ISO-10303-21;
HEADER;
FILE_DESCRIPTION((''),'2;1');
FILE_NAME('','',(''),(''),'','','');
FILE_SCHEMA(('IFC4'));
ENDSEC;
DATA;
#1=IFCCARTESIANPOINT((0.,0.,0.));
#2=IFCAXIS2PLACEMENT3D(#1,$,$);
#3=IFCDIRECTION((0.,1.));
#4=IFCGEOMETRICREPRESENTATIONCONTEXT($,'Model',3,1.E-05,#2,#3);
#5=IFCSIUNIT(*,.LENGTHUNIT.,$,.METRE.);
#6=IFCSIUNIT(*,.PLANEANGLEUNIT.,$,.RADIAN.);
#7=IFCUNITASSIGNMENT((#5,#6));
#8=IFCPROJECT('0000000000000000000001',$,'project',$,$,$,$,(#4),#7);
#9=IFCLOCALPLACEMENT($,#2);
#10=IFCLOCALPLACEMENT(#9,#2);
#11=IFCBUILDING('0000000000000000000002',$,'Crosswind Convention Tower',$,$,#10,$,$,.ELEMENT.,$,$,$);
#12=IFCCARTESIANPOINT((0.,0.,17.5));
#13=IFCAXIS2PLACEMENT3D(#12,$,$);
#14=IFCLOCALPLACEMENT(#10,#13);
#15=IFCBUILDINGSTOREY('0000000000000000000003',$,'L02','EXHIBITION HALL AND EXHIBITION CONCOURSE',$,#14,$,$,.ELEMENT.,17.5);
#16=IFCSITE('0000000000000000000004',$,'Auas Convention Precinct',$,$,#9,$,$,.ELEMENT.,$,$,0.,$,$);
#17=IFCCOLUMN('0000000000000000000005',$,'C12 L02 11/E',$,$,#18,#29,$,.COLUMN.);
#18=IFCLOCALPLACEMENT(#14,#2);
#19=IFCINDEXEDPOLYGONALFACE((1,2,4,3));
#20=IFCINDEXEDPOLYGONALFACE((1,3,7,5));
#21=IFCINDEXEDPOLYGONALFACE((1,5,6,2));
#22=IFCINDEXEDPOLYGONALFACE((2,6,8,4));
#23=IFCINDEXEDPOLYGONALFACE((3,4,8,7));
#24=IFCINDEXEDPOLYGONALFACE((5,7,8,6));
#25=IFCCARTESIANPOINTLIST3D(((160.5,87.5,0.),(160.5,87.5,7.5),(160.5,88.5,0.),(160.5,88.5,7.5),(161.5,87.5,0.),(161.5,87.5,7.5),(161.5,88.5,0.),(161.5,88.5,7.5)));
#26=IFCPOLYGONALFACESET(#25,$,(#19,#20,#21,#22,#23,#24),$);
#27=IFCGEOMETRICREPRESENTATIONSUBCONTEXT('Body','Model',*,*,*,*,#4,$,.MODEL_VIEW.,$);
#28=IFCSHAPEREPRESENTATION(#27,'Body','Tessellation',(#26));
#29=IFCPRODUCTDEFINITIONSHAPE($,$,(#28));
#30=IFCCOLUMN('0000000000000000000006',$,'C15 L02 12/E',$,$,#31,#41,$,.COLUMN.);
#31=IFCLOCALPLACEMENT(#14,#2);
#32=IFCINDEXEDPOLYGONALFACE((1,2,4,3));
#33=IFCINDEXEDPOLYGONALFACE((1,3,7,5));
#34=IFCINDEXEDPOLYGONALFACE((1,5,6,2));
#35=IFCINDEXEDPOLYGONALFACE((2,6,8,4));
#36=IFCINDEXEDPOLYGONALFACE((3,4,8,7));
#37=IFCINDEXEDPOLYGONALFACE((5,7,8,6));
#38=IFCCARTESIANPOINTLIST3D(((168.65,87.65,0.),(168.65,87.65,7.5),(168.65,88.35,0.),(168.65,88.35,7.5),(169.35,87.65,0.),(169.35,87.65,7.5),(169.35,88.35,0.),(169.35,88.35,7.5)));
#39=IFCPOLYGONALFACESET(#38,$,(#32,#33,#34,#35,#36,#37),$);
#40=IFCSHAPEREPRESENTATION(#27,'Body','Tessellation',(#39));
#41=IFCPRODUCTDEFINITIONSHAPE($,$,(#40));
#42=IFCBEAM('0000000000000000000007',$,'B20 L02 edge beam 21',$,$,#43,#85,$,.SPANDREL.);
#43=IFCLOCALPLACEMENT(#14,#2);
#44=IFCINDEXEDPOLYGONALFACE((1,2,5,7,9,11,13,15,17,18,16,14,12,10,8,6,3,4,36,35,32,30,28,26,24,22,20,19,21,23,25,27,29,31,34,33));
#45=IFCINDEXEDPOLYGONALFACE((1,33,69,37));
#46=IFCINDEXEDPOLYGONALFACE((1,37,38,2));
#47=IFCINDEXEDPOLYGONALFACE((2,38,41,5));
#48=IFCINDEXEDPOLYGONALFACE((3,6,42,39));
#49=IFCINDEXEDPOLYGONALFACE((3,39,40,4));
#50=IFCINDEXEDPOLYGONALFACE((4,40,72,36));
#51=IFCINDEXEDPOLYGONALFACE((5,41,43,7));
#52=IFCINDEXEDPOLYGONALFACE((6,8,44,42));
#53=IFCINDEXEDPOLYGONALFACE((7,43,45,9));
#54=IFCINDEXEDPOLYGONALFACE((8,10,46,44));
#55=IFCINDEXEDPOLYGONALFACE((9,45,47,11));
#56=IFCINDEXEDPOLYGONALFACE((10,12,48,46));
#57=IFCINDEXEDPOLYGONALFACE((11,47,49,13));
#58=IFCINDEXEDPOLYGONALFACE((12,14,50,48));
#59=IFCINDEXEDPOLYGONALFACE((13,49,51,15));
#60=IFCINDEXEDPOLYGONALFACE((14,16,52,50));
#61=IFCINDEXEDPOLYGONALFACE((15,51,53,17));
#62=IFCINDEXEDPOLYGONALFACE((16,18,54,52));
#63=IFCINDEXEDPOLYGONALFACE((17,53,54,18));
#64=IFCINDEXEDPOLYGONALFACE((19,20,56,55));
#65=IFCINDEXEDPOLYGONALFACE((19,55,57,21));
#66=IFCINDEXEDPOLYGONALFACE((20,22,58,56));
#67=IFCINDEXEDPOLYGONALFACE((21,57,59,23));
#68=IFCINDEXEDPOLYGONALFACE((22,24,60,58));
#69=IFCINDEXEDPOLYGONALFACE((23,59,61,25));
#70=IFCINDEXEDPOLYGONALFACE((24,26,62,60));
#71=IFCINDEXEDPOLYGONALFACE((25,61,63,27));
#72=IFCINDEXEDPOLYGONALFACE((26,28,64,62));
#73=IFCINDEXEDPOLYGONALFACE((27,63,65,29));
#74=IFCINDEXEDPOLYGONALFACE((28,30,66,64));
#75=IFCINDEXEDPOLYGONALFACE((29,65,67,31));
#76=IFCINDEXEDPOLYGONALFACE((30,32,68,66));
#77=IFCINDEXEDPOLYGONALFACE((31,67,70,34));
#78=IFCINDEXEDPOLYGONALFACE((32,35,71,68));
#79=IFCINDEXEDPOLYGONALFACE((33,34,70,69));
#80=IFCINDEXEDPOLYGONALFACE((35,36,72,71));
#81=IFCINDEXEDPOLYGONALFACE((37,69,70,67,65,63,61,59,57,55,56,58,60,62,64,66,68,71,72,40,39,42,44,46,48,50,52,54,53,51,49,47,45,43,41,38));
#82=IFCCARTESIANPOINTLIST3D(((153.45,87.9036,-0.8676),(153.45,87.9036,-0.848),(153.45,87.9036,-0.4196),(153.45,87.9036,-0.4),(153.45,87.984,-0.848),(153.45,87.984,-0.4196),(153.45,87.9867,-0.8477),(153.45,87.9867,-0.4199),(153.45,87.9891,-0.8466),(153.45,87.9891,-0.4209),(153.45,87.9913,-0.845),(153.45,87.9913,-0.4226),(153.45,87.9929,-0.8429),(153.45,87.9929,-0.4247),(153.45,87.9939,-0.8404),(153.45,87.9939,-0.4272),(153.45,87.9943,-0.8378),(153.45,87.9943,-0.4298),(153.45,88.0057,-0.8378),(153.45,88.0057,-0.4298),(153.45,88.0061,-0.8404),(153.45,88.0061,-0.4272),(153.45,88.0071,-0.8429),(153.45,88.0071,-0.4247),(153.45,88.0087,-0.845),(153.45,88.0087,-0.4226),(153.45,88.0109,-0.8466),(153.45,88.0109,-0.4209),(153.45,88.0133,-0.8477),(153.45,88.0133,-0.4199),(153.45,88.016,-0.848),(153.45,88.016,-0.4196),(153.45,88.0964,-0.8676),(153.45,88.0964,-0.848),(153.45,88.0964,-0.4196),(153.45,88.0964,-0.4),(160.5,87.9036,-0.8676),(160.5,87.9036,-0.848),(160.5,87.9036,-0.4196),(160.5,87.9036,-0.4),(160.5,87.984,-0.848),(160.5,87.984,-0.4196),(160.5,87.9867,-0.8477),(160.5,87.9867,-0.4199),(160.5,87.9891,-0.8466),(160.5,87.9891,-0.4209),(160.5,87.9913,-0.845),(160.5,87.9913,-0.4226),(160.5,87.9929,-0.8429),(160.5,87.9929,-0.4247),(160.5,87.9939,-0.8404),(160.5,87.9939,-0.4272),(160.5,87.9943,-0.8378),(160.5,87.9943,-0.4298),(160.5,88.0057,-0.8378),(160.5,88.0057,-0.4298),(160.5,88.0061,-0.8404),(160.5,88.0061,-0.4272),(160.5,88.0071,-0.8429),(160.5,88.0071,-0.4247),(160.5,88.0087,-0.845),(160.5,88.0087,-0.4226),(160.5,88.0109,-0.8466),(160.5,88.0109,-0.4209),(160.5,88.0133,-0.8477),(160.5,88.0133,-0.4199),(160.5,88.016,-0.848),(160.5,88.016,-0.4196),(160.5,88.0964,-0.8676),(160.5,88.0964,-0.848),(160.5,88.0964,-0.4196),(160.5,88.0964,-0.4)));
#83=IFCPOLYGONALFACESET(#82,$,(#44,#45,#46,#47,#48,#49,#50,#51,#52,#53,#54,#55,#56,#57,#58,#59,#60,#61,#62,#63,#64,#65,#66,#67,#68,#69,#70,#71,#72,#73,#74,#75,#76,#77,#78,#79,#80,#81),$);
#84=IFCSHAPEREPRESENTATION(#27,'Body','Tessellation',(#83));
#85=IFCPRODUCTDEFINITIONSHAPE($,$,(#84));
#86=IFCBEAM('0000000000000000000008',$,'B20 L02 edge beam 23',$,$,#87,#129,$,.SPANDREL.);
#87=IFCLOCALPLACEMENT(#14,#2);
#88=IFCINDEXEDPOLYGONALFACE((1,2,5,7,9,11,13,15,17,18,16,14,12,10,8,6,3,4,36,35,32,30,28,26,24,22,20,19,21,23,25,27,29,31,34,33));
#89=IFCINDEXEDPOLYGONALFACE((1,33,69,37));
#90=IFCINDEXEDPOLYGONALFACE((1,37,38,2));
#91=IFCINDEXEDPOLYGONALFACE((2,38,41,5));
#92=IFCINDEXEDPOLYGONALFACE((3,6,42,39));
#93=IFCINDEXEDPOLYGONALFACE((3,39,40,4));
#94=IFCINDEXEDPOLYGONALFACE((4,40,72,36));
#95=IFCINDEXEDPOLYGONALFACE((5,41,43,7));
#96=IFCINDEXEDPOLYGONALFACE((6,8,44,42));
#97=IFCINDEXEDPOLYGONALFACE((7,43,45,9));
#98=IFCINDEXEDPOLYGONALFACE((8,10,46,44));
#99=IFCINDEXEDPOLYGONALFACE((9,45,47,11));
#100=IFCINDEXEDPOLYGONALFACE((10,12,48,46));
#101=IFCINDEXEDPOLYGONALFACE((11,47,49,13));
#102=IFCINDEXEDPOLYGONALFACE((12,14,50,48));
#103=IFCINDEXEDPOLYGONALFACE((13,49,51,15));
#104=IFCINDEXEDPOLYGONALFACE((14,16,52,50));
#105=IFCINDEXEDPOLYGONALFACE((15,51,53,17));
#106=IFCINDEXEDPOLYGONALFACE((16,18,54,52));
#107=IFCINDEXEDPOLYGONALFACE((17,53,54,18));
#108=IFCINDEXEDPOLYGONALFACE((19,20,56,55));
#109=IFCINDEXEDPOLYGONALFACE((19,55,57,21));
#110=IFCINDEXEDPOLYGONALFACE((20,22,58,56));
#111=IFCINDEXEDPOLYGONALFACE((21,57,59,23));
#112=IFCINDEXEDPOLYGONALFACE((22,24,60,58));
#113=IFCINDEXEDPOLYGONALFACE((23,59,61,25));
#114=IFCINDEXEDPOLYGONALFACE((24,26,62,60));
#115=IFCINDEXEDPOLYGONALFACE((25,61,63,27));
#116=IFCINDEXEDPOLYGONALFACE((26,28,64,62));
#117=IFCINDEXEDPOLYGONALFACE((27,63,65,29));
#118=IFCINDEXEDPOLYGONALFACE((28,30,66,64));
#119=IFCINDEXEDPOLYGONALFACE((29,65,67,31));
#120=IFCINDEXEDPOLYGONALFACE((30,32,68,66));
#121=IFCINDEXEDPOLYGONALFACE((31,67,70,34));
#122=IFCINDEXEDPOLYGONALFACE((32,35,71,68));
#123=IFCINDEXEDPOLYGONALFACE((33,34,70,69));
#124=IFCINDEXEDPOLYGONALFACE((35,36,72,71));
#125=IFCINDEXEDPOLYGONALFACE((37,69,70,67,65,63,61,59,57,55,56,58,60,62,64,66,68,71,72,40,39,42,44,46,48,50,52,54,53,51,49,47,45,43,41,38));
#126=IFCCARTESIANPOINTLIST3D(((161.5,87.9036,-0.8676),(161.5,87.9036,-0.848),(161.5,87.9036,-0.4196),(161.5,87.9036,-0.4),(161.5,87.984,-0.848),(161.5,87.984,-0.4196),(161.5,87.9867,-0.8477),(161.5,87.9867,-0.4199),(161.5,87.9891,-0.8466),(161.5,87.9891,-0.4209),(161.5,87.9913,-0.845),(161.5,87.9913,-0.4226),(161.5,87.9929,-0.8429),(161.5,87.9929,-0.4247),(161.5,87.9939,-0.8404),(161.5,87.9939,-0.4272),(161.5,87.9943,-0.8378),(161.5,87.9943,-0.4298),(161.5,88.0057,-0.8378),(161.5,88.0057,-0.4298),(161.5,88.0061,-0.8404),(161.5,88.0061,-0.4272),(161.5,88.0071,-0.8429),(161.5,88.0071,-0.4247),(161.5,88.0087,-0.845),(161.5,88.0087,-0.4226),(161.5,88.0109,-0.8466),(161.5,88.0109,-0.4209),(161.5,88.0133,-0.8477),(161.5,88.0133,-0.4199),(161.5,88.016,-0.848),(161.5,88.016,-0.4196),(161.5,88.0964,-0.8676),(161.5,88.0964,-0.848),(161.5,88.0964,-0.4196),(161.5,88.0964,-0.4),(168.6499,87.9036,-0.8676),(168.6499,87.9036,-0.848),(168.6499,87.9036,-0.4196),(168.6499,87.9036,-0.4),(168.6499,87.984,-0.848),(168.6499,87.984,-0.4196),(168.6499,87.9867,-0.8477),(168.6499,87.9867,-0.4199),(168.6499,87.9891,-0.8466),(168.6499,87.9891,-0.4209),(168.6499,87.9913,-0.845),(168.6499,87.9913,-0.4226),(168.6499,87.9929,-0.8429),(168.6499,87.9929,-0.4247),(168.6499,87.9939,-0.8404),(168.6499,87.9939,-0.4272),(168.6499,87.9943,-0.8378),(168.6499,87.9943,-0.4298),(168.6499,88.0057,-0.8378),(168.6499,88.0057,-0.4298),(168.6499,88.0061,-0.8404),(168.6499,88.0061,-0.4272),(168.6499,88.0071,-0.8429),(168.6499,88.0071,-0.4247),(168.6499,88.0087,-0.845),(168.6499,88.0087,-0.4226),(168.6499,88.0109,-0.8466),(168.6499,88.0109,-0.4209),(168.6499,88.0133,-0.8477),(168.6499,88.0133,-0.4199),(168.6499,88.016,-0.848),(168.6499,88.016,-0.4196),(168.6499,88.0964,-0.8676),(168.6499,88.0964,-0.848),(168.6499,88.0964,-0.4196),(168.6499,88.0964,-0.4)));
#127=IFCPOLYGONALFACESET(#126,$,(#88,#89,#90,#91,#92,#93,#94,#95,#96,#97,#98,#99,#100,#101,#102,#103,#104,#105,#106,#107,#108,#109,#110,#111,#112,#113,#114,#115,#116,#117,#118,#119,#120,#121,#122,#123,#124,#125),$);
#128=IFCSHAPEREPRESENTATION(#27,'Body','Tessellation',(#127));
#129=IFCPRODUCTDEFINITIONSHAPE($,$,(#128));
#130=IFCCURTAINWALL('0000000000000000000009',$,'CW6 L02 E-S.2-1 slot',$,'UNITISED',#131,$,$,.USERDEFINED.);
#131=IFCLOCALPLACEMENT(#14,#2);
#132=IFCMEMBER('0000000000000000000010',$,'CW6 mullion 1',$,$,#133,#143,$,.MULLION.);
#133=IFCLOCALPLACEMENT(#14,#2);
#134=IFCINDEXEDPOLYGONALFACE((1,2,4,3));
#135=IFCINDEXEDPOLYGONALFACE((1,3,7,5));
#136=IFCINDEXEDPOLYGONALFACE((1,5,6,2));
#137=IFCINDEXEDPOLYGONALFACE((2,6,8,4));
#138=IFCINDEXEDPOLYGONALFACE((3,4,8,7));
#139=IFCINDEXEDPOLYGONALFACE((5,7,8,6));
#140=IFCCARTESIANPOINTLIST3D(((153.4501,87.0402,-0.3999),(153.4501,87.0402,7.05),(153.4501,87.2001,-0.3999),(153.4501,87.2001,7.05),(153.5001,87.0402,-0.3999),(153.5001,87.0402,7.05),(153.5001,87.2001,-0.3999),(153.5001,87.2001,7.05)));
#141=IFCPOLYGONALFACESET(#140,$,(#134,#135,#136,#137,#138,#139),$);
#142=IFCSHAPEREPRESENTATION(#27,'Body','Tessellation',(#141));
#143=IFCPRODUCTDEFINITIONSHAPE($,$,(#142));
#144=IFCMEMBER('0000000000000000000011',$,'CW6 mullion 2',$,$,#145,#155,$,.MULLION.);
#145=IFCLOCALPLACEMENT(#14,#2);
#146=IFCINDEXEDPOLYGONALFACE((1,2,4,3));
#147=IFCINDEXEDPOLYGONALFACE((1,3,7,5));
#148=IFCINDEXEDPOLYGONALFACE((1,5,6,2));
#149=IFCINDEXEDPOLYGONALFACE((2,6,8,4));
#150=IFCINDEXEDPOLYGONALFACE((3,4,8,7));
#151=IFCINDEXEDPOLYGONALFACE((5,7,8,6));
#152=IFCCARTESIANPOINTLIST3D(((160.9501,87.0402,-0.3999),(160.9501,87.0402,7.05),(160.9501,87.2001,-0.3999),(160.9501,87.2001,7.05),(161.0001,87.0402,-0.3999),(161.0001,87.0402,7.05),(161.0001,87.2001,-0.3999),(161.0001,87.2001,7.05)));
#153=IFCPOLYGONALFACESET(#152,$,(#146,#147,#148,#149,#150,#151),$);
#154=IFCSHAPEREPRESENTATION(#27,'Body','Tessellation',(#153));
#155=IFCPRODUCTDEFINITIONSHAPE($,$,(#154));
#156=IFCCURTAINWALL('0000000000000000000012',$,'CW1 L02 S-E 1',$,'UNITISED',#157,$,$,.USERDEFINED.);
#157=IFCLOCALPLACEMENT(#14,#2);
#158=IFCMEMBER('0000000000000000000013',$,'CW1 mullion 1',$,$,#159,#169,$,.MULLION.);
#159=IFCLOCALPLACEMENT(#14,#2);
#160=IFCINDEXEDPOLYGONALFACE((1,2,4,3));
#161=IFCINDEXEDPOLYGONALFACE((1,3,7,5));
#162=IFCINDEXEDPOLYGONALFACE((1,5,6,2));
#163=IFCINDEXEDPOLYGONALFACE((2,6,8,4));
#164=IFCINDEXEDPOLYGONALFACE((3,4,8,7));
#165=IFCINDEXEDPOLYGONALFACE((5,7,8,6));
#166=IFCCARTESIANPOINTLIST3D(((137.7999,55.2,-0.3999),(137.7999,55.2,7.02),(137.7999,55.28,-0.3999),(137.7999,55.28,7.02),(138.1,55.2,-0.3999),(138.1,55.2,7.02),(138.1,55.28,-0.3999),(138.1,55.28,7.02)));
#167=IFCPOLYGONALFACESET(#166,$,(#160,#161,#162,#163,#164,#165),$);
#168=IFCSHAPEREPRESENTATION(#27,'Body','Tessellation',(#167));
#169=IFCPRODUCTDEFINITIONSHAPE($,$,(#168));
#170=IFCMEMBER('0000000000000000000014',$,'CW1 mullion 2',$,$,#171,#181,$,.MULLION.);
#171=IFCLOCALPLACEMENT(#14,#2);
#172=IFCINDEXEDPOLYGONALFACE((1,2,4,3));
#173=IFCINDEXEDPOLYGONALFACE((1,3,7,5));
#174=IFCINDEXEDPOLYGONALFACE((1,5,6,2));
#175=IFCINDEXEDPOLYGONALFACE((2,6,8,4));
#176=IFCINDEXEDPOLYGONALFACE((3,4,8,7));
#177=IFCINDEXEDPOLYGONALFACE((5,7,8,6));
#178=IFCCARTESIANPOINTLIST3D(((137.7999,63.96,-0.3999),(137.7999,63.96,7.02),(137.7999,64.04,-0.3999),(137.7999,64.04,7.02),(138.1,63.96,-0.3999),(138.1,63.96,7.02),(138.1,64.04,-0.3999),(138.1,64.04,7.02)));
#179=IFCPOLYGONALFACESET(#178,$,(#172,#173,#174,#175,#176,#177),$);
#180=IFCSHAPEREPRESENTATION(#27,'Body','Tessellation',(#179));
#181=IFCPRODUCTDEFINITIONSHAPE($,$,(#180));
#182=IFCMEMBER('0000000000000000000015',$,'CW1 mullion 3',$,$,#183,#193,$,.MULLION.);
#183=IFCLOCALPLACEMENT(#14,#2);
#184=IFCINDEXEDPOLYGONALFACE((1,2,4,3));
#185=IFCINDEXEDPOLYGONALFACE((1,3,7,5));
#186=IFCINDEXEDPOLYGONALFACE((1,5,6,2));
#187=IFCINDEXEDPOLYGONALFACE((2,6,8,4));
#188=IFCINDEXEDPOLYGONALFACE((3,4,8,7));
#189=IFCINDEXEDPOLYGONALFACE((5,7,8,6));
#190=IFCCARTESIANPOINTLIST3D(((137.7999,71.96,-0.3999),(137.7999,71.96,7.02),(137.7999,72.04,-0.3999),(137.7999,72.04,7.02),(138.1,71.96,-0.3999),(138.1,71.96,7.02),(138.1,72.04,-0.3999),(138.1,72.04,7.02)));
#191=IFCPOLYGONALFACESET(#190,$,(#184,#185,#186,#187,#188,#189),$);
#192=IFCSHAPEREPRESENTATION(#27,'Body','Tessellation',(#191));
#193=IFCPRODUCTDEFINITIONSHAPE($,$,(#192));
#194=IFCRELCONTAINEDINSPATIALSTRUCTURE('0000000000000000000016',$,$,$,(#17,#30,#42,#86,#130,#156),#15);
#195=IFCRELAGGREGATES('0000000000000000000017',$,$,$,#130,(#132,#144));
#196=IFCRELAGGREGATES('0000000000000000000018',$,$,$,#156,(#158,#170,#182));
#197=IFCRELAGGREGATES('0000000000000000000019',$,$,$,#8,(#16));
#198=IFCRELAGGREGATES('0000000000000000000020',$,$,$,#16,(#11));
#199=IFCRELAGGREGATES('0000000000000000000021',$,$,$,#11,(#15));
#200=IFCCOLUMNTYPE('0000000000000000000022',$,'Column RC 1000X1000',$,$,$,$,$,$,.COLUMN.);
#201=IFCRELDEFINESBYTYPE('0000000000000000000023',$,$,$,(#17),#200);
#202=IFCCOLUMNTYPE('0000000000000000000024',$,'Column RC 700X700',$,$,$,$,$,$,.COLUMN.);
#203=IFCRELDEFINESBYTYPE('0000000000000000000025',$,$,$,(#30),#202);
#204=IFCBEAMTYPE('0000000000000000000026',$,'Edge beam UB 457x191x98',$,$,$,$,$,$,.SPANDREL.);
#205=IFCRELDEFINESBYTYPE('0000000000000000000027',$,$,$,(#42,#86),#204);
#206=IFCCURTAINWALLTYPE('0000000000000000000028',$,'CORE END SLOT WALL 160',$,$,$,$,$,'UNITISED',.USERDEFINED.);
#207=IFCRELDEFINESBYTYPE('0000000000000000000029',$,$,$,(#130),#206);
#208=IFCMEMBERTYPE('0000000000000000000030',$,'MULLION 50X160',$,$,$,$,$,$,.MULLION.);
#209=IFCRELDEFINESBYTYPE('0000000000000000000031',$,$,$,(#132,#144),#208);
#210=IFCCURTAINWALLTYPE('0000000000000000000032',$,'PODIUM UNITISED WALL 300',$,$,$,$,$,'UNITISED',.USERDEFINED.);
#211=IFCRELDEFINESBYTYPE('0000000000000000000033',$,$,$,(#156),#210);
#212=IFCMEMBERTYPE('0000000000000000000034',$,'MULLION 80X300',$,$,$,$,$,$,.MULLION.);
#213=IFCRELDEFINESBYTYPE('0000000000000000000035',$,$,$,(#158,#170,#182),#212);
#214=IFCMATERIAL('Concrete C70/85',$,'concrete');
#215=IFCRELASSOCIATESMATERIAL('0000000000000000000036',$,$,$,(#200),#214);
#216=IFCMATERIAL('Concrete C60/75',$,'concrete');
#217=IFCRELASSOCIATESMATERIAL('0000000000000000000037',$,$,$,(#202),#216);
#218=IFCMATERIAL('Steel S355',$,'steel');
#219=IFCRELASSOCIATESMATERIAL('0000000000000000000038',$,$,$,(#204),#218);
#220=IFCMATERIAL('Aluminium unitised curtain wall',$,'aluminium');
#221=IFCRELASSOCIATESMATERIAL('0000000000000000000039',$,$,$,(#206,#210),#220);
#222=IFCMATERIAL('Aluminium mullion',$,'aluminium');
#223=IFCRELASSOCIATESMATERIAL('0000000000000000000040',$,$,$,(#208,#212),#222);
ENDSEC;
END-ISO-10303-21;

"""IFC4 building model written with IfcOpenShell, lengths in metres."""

from ifc_helpers import new_model, si_unit, direction, frame, origin, origin_2d, place, context, subcontext, project, spatial, rectangle, i_section, extrude, material, material_profile, profile_set, type_object, element, aggregate, save


model = new_model("IFC4")

# Units and contexts
model_context = context("Model", 3, precision=1e-05, world=origin(), true_north=direction((0.0, 1.0)))
body_context = subcontext(model_context, "Body", "Model", "MODEL_VIEW")
ifc_project = project(units=[si_unit("LENGTHUNIT", "METRE"), si_unit("PLANEANGLEUNIT", "RADIAN")], contexts=[model_context])

# Site, building, storey
site_placement = place(None, origin())
site = spatial("IfcSite", under=ifc_project, at=site_placement, Name="Auas Convention Precinct", CompositionType="ELEMENT", RefElevation=0.0)
building_placement = place(site_placement, origin())
building = spatial("IfcBuilding", under=site, at=building_placement, Name="Crosswind Convention Tower", CompositionType="ELEMENT")
storey_placement = place(building_placement, frame((0.0, 0.0, 17.5)))
storey = spatial("IfcBuildingStorey", under=building, at=storey_placement, Name="L02", Description="EXHIBITION HALL AND EXHIBITION CONCOURSE", CompositionType="ELEMENT", Elevation=17.5)

# Columns
ifc_material_1 = material(Name="Concrete C70/85", Category="concrete")
ifc_material_profile_1 = material_profile(ifc_material_1, rectangle(XDim=1.0, YDim=1.0, at=origin_2d()), Name="RC 1000X1000")
ifc_profile_set_1 = profile_set([ifc_material_profile_1], Name="Concrete C70/85")
column_type_1 = type_object("IfcColumnType", Name="Column RC 1000X1000", PredefinedType="COLUMN", material=ifc_profile_set_1)
column_1_placement = place(storey_placement, frame((161.0, 88.0, 0.0), z_axis=(0.0, 0.0, 1.0), x_axis=(1.0, 0.0, 0.0)))
element("IfcColumn", 1, at=column_1_placement, inside=storey, type_object=column_type_1, Name="C12 L02 11/E", PredefinedType="COLUMN", context=body_context, shape_type="SweptSolid", body=[
    extrude(rectangle(XDim=1.0, YDim=1.0, at=origin_2d()), origin(), (0.0, 0.0, 1.0), 7.5),
])
ifc_material_2 = material(Name="Concrete C60/75", Category="concrete")
ifc_material_profile_2 = material_profile(ifc_material_2, rectangle(XDim=0.7, YDim=0.7, at=origin_2d()), Name="RC 700X700")
ifc_profile_set_2 = profile_set([ifc_material_profile_2], Name="Concrete C60/75")
column_type_2 = type_object("IfcColumnType", Name="Column RC 700X700", PredefinedType="COLUMN", material=ifc_profile_set_2)
column_2_placement = place(storey_placement, frame((169.0, 88.0, 0.0), z_axis=(0.0, 0.0, 1.0), x_axis=(1.0, 0.0, 0.0)))
element("IfcColumn", 2, at=column_2_placement, inside=storey, type_object=column_type_2, Name="C15 L02 12/E", PredefinedType="COLUMN", context=body_context, shape_type="SweptSolid", body=[
    extrude(rectangle(XDim=0.7, YDim=0.7, at=origin_2d()), origin(), (0.0, 0.0, 1.0), 7.5),
])

# Beams
ifc_material_3 = material(Name="Steel S355", Category="steel")
ifc_material_profile_3 = material_profile(ifc_material_3, i_section(OverallWidth=0.1929, OverallDepth=0.4675, WebThickness=0.0115, FlangeThickness=0.0195, FilletRadius=0.0103, at=origin_2d()), Name="UB 457x191x98")
ifc_profile_set_3 = profile_set([ifc_material_profile_3], Name="Steel S355")
beam_type_1 = type_object("IfcBeamType", Name="Edge beam UB 457x191x98", PredefinedType="SPANDREL", material=ifc_profile_set_3)
beam_1_placement = place(storey_placement, frame((153.45, 88.0, -0.6338), z_axis=(1.0, 0.0, 0.0), x_axis=(0.0, 1.0, 0.0)))
element("IfcBeam", 3, at=beam_1_placement, inside=storey, type_object=beam_type_1, Name="B20 L02 edge beam 21", PredefinedType="SPANDREL", context=body_context, shape_type="SweptSolid", body=[
    extrude(i_section(OverallWidth=0.1929, OverallDepth=0.4675, WebThickness=0.0115, FlangeThickness=0.0195, FilletRadius=0.0103, at=origin_2d()), origin(), (0.0, 0.0, 1.0), 7.05),
])
beam_2_placement = place(storey_placement, frame((161.5, 88.0, -0.6338), z_axis=(1.0, 0.0, 0.0), x_axis=(0.0, 1.0, 0.0)))
element("IfcBeam", 4, at=beam_2_placement, inside=storey, type_object=beam_type_1, Name="B20 L02 edge beam 23", PredefinedType="SPANDREL", context=body_context, shape_type="SweptSolid", body=[
    extrude(i_section(OverallWidth=0.1929, OverallDepth=0.4675, WebThickness=0.0115, FlangeThickness=0.0195, FilletRadius=0.0103, at=origin_2d()), origin(), (0.0, 0.0, 1.0), 7.1499),
])

# Curtain walls, members
ifc_material_4 = material(Name="Aluminium unitised curtain wall", Category="aluminium")
curtain_wall_type_1 = type_object("IfcCurtainWallType", Name="CORE END SLOT WALL 160", ElementType="UNITISED", PredefinedType="USERDEFINED", material=ifc_material_4)
curtain_wall_1_placement = place(storey_placement, origin())
curtain_wall_1 = element("IfcCurtainWall", 5, at=curtain_wall_1_placement, inside=storey, type_object=curtain_wall_type_1, Name="CW6 L02 E-S.2-1 slot", ObjectType="UNITISED", PredefinedType="USERDEFINED")
ifc_material_5 = material(Name="Aluminium mullion", Category="aluminium")
ifc_material_profile_4 = material_profile(ifc_material_5, rectangle(XDim=0.1599, YDim=0.05, at=origin_2d()), Name="AL 160X50")
ifc_profile_set_4 = profile_set([ifc_material_profile_4], Name="Aluminium mullion")
member_type_1 = type_object("IfcMemberType", Name="MULLION 50X160", PredefinedType="MULLION", material=ifc_profile_set_4)
member_1_placement = place(storey_placement, frame((153.4751, 87.1201, -0.3999), z_axis=(0.0, 0.0, 1.0), x_axis=(0.0, -1.0, 0.0)))
member_1 = element("IfcMember", 6, at=member_1_placement, type_object=member_type_1, Name="CW6 mullion 1", PredefinedType="MULLION", context=body_context, shape_type="SweptSolid", body=[
    extrude(rectangle(XDim=0.1599, YDim=0.05, at=origin_2d()), origin(), (0.0, 0.0, 1.0), 7.45),
])
member_2_placement = place(storey_placement, frame((160.9751, 87.1201, -0.3999), z_axis=(0.0, 0.0, 1.0), x_axis=(0.0, -1.0, 0.0)))
member_2 = element("IfcMember", 7, at=member_2_placement, type_object=member_type_1, Name="CW6 mullion 2", PredefinedType="MULLION", context=body_context, shape_type="SweptSolid", body=[
    extrude(rectangle(XDim=0.1599, YDim=0.05, at=origin_2d()), origin(), (0.0, 0.0, 1.0), 7.45),
])
curtain_wall_type_2 = type_object("IfcCurtainWallType", Name="PODIUM UNITISED WALL 300", ElementType="UNITISED", PredefinedType="USERDEFINED", material=ifc_material_4)
curtain_wall_2_placement = place(storey_placement, origin())
curtain_wall_2 = element("IfcCurtainWall", 8, at=curtain_wall_2_placement, inside=storey, type_object=curtain_wall_type_2, Name="CW1 L02 S-E 1", ObjectType="UNITISED", PredefinedType="USERDEFINED")
ifc_material_profile_5 = material_profile(ifc_material_5, rectangle(XDim=0.3, YDim=0.0801, at=origin_2d()), Name="AL 300X80")
ifc_profile_set_5 = profile_set([ifc_material_profile_5], Name="Aluminium mullion")
member_type_2 = type_object("IfcMemberType", Name="MULLION 80X300", PredefinedType="MULLION", material=ifc_profile_set_5)
member_3_placement = place(storey_placement, frame((137.95, 55.24, -0.3999), z_axis=(0.0, 0.0, 1.0), x_axis=(1.0, 0.0, 0.0)))
member_3 = element("IfcMember", 9, at=member_3_placement, type_object=member_type_2, Name="CW1 mullion 1", PredefinedType="MULLION", context=body_context, shape_type="SweptSolid", body=[
    extrude(rectangle(XDim=0.3, YDim=0.0801, at=origin_2d()), origin(), (0.0, 0.0, 1.0), 7.4199),
])
member_4_placement = place(storey_placement, frame((137.95, 64.0, -0.3999), z_axis=(0.0, 0.0, 1.0), x_axis=(1.0, 0.0, 0.0)))
member_4 = element("IfcMember", 10, at=member_4_placement, type_object=member_type_2, Name="CW1 mullion 2", PredefinedType="MULLION", context=body_context, shape_type="SweptSolid", body=[
    extrude(rectangle(XDim=0.3, YDim=0.0801, at=origin_2d()), origin(), (0.0, 0.0, 1.0), 7.4199),
])
member_5_placement = place(storey_placement, frame((137.95, 72.0, -0.3999), z_axis=(0.0, 0.0, 1.0), x_axis=(1.0, 0.0, 0.0)))
member_5 = element("IfcMember", 11, at=member_5_placement, type_object=member_type_2, Name="CW1 mullion 3", PredefinedType="MULLION", context=body_context, shape_type="SweptSolid", body=[
    extrude(rectangle(XDim=0.3, YDim=0.0801, at=origin_2d()), origin(), (0.0, 0.0, 1.0), 7.4199),
])

aggregate(curtain_wall_1, [member_1, member_2])

aggregate(curtain_wall_2, [member_3, member_4, member_5])

save(model, "model.ifc")
